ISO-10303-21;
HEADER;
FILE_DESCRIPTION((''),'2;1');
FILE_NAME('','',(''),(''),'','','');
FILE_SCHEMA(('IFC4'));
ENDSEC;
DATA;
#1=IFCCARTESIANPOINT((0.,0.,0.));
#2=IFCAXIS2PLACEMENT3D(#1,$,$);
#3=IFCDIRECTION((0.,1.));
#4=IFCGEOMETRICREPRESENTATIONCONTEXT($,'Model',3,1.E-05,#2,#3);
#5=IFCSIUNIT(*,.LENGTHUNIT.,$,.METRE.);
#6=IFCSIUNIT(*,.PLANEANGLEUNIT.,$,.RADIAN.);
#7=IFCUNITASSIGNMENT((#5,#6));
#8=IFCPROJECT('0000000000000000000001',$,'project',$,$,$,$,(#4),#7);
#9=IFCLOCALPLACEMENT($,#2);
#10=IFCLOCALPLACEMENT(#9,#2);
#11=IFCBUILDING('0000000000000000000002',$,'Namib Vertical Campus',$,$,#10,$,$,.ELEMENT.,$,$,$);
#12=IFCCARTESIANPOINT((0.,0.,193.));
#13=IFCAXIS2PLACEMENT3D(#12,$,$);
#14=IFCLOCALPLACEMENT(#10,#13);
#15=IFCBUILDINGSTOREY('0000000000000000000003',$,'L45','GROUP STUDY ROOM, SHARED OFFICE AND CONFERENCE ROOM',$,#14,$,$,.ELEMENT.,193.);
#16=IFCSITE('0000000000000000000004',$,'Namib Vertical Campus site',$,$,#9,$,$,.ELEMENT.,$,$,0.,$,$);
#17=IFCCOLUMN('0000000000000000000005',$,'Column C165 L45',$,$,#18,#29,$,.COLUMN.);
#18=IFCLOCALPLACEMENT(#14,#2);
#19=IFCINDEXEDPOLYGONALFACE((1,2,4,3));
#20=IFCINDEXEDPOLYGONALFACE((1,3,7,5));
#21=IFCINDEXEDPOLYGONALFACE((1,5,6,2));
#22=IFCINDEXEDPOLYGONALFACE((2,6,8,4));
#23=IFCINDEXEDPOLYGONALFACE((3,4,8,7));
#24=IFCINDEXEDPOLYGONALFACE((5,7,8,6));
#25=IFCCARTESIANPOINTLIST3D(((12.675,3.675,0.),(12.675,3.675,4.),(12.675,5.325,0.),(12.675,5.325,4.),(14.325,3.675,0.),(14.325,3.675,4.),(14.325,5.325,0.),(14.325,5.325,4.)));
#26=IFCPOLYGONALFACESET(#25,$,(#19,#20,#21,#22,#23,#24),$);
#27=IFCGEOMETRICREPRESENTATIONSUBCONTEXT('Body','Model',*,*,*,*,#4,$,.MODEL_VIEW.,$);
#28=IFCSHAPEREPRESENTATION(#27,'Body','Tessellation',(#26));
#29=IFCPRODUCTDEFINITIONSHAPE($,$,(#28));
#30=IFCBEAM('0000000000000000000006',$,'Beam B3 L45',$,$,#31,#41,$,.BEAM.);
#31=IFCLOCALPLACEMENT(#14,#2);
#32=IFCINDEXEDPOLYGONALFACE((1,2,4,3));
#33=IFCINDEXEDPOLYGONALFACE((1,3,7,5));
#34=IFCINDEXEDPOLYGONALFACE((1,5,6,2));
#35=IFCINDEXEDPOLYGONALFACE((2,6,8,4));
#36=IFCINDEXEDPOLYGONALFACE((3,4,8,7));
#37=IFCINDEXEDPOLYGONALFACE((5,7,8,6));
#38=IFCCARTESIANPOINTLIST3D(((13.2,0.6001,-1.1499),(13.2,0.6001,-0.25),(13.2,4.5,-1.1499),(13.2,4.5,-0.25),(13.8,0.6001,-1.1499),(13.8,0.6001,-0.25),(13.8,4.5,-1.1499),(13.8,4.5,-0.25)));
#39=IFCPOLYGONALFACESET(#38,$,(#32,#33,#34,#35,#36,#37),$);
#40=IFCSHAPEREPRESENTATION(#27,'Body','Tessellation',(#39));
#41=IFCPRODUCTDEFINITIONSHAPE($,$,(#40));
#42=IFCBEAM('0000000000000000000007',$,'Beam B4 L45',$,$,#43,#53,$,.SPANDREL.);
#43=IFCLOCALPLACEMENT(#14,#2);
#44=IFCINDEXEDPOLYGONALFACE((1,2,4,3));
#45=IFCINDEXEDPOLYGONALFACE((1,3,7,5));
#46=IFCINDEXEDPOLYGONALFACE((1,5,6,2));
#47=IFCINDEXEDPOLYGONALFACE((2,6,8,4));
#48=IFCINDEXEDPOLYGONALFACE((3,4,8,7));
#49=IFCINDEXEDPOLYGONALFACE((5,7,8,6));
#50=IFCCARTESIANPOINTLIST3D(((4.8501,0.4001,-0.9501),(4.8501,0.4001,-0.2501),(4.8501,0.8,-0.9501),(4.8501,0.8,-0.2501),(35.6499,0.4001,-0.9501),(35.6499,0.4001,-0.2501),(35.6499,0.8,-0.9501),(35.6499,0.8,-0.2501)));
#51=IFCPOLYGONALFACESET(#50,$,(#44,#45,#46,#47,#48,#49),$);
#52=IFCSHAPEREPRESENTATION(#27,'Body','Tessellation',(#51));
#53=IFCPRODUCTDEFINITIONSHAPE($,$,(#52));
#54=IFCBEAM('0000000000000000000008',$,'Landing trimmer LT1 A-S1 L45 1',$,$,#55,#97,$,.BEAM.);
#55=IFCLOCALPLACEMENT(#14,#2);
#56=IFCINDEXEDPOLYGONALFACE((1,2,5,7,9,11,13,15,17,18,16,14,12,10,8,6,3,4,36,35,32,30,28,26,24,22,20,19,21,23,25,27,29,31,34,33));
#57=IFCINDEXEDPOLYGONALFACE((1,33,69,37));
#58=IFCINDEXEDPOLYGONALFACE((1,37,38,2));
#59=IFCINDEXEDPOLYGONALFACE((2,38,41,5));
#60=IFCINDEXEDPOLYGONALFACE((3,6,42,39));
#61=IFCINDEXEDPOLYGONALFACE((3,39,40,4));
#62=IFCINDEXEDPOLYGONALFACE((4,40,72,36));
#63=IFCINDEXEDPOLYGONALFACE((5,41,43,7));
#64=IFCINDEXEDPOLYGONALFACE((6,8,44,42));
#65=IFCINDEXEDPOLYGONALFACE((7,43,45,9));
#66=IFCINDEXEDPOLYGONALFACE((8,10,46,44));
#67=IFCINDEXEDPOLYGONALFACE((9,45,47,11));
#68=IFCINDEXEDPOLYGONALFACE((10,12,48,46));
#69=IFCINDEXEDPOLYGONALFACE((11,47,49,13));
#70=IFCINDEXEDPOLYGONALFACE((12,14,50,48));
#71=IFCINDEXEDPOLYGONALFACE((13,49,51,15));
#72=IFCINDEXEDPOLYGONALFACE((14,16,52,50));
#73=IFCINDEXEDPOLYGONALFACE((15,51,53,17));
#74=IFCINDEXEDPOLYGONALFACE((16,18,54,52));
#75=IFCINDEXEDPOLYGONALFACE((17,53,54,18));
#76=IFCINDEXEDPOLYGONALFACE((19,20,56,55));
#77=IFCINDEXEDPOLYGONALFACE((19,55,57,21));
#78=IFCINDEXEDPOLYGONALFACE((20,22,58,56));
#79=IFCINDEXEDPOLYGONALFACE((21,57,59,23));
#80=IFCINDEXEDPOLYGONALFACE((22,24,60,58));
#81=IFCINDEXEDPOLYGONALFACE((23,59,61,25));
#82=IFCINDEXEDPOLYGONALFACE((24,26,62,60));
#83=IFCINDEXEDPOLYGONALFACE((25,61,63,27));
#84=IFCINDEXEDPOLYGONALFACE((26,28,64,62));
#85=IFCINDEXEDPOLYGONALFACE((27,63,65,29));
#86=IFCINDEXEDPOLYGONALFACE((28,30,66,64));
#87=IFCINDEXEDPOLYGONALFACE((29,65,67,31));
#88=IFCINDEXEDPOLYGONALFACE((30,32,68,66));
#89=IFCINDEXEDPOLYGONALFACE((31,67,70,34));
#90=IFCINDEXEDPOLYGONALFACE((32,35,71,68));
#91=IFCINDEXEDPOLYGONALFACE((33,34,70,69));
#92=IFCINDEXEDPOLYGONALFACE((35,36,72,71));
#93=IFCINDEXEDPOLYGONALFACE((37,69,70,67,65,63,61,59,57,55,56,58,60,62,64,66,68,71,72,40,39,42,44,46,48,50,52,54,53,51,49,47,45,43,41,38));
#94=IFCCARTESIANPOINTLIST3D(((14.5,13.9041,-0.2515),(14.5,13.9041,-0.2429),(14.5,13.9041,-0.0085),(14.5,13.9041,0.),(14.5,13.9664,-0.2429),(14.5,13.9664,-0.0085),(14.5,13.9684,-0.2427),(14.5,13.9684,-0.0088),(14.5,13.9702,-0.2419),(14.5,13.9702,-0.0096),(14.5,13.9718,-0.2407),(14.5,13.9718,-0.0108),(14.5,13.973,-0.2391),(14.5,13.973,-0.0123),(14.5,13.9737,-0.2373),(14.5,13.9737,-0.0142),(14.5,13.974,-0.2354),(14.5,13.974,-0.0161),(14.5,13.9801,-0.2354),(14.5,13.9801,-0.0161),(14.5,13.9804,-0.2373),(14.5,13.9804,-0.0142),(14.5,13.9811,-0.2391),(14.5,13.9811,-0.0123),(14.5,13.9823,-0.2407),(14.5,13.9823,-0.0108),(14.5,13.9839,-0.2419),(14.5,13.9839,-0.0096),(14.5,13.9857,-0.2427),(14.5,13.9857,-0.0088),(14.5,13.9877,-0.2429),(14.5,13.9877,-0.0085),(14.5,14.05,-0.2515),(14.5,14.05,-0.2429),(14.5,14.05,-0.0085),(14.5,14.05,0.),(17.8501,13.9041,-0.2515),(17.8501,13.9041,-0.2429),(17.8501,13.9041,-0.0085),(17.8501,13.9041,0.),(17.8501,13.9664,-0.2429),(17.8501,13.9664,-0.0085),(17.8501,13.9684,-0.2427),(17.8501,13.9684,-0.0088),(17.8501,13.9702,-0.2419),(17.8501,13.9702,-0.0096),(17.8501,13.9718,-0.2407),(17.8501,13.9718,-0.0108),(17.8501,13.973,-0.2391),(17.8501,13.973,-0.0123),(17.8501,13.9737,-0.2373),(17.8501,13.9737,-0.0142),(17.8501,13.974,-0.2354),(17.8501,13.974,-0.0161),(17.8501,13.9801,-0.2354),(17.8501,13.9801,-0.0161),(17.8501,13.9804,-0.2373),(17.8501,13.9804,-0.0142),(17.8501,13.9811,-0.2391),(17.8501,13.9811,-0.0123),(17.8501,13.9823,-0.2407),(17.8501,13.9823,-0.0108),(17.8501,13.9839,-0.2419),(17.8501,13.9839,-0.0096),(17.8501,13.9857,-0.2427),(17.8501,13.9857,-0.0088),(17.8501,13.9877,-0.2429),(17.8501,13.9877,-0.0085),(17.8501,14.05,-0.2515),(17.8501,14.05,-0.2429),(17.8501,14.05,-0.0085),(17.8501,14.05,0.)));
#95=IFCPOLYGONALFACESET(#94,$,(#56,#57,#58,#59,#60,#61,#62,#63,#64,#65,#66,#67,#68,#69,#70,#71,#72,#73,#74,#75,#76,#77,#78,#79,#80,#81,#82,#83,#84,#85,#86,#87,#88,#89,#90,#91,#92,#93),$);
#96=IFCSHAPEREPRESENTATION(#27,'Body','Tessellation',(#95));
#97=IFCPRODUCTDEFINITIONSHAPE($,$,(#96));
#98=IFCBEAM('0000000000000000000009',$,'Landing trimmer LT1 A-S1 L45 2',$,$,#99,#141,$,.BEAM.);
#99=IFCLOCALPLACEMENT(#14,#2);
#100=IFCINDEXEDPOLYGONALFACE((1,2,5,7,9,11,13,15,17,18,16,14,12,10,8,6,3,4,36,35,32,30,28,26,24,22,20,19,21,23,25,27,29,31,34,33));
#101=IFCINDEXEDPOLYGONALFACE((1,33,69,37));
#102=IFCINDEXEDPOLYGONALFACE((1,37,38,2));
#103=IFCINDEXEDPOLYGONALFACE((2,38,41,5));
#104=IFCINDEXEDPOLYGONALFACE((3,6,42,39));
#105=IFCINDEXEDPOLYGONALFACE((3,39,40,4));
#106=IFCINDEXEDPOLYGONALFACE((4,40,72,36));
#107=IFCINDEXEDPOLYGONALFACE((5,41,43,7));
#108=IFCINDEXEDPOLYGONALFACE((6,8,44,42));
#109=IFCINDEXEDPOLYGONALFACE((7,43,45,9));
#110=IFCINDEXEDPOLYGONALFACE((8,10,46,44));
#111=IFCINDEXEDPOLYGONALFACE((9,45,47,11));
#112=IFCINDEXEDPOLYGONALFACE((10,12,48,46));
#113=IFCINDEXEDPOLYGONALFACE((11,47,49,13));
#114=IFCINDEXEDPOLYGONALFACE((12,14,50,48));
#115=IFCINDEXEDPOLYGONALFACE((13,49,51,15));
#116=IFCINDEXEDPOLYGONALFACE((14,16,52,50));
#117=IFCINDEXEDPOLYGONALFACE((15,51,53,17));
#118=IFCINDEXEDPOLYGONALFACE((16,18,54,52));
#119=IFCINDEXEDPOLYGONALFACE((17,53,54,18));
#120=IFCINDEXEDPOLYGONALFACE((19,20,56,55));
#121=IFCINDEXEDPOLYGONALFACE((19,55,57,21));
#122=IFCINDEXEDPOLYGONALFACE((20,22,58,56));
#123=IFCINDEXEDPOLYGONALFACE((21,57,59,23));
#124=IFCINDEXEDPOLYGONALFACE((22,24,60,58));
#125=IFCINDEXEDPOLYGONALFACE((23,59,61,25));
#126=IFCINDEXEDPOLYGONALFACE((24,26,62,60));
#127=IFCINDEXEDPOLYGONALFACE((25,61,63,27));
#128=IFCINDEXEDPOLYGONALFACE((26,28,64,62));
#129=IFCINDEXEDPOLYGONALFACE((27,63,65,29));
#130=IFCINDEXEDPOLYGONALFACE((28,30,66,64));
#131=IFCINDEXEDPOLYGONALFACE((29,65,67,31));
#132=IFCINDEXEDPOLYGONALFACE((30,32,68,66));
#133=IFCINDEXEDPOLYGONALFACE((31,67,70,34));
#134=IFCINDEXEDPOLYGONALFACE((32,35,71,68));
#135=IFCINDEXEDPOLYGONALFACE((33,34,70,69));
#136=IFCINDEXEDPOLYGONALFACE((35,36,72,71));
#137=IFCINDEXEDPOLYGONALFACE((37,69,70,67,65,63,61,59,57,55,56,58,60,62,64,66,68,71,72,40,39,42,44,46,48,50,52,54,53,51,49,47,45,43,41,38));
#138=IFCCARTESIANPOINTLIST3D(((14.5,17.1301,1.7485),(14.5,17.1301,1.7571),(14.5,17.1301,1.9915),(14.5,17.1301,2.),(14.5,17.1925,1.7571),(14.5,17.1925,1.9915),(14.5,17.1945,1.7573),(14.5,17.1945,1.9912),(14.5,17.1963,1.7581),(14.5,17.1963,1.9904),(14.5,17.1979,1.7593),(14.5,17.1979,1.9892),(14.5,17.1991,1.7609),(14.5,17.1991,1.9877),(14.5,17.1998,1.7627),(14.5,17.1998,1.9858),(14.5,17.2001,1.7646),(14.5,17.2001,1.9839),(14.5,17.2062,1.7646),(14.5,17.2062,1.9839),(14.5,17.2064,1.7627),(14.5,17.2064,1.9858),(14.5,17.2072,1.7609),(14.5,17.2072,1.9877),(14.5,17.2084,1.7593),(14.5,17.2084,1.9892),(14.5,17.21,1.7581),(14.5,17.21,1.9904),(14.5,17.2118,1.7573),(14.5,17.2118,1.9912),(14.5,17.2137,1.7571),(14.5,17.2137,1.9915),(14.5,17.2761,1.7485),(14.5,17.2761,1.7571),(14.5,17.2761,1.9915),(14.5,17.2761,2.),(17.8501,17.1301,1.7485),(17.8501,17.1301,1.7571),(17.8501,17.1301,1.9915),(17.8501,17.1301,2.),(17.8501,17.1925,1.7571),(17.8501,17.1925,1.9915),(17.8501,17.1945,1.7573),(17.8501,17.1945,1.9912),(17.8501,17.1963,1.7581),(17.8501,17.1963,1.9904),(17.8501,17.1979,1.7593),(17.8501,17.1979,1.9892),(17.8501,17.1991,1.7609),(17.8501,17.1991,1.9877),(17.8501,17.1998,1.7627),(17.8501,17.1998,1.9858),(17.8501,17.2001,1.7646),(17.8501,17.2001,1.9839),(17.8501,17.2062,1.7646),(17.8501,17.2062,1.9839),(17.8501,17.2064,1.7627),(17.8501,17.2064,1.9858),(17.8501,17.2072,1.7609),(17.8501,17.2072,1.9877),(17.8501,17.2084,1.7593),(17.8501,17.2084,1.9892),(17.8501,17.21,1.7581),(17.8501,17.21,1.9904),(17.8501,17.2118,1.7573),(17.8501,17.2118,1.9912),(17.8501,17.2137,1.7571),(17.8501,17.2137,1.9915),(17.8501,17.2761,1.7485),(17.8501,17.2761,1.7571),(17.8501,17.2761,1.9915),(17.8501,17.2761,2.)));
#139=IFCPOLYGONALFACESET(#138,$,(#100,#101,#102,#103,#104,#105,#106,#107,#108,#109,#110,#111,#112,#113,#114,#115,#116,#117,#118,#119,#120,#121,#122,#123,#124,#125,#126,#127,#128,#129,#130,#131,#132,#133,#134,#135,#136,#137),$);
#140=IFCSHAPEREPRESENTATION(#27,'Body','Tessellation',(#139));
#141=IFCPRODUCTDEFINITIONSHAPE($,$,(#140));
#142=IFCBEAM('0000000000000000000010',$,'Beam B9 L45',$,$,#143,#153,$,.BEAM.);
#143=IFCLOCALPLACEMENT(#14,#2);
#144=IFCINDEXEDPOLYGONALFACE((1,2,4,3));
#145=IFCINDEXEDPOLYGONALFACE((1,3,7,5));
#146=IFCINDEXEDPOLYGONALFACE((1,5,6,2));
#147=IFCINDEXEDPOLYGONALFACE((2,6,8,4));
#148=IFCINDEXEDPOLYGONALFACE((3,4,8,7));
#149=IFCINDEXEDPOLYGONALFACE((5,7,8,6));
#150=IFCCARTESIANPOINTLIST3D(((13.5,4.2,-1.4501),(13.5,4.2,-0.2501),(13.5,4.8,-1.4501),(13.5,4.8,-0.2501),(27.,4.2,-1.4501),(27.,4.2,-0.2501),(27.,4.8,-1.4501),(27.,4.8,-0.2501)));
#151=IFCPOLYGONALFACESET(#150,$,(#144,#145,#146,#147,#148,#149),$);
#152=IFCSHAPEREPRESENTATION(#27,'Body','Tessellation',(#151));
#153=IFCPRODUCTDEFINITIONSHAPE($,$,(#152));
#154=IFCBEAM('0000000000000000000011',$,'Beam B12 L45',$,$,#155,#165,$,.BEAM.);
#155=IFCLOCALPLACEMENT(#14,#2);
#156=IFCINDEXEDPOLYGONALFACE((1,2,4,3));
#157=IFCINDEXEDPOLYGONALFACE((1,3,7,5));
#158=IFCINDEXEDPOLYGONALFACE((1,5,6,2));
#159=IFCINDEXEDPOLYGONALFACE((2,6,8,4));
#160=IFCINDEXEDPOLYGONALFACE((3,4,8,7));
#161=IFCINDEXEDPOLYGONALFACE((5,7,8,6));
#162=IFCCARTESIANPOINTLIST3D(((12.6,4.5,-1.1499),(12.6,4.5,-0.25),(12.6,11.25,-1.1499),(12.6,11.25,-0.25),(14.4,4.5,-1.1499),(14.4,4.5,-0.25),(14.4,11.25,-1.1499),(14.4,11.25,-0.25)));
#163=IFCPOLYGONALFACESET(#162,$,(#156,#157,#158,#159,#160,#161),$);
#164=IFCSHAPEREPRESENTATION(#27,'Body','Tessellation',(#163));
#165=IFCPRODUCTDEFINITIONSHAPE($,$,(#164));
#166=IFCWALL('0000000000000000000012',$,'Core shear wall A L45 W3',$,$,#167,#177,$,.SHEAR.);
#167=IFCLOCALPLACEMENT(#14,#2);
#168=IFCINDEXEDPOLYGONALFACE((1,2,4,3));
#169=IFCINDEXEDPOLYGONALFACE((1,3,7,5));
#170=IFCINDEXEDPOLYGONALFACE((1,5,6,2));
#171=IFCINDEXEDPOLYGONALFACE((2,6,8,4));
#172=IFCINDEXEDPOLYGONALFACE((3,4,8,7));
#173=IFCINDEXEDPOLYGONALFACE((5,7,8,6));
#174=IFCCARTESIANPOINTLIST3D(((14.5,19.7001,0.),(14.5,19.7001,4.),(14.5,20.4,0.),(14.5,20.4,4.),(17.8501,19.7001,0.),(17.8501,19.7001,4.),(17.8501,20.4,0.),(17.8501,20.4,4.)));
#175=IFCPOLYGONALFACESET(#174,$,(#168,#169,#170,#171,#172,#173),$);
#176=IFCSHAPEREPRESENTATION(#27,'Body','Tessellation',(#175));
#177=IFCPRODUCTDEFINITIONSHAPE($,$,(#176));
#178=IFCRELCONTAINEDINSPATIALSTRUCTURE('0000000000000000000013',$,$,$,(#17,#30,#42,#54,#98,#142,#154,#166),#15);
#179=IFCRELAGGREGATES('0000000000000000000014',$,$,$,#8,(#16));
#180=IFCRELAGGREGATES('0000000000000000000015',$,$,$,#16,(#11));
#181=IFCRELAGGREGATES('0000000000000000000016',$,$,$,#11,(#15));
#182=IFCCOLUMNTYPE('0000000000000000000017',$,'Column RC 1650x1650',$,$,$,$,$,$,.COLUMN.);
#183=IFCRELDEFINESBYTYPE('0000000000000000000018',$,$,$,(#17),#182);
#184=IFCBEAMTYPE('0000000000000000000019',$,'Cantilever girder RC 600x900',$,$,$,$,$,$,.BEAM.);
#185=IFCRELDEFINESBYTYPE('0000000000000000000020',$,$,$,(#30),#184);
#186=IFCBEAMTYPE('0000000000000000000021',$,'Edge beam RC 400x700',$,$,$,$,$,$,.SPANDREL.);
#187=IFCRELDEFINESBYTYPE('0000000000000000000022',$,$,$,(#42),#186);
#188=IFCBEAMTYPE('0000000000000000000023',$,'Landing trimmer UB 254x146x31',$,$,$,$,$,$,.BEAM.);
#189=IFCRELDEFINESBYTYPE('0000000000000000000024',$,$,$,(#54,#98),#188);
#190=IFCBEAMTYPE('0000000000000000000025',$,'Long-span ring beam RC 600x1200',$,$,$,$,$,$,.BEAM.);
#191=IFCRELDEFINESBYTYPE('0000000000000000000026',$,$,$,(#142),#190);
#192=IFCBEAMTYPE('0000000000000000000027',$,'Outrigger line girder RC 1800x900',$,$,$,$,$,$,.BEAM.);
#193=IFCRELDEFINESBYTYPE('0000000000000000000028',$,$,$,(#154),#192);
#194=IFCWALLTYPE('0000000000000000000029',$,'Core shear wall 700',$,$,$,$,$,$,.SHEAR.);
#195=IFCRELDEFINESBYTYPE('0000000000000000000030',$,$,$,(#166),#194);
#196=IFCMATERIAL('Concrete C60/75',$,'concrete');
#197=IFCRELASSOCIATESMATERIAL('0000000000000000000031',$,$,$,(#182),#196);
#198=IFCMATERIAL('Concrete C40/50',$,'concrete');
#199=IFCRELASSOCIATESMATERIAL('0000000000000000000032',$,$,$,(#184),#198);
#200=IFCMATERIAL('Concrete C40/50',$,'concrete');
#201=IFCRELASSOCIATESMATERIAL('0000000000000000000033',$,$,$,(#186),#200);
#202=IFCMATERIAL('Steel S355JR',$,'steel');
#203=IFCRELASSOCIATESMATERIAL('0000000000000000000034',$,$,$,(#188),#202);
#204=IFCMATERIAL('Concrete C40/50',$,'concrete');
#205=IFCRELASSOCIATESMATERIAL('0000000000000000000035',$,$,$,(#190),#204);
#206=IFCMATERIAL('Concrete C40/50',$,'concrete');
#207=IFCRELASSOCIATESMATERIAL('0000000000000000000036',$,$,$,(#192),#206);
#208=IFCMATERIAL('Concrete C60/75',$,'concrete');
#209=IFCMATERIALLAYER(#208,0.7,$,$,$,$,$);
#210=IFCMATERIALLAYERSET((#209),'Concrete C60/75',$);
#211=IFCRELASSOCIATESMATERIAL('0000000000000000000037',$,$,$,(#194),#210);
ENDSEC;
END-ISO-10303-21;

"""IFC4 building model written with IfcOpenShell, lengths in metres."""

from ifc_helpers import new_model, si_unit, direction, frame, frame_2d, origin, origin_2d, place, context, subcontext, project, spatial, rectangle, i_section, extrude, material, layer, layer_set, material_profile, profile_set, type_object, element, save


model = new_model("IFC4")

# Units and contexts
model_context = context("Model", 3, precision=1e-05, world=origin(), true_north=direction((0.0, 1.0)))
body_context = subcontext(model_context, "Body", "Model", "MODEL_VIEW")
ifc_project = project(units=[si_unit("LENGTHUNIT", "METRE"), si_unit("PLANEANGLEUNIT", "RADIAN")], contexts=[model_context])

# Site, building, storey
site_placement = place(None, origin())
site = spatial("IfcSite", under=ifc_project, at=site_placement, Name="Namib Vertical Campus site", CompositionType="ELEMENT", RefElevation=0.0)
building_placement = place(site_placement, origin())
building = spatial("IfcBuilding", under=site, at=building_placement, Name="Namib Vertical Campus", CompositionType="ELEMENT")
storey_placement = place(building_placement, frame((0.0, 0.0, 193.0)))
storey = spatial("IfcBuildingStorey", under=building, at=storey_placement, Name="L45", Description="GROUP STUDY ROOM, SHARED OFFICE AND CONFERENCE ROOM", CompositionType="ELEMENT", Elevation=193.0)

# Column
ifc_material_1 = material(Name="Concrete C60/75", Category="concrete")
ifc_material_profile_1 = material_profile(ifc_material_1, rectangle(XDim=1.6499, YDim=1.6499, at=origin_2d()))
ifc_profile_set_1 = profile_set([ifc_material_profile_1], Name="Concrete C60/75")
column_type = type_object("IfcColumnType", Name="Column RC 1650x1650", PredefinedType="COLUMN", material=ifc_profile_set_1)
column_placement = place(storey_placement, frame((13.5, 4.5, 0.0), z_axis=(0.0, 0.0, 1.0), x_axis=(1.0, 0.0, 0.0)))
element("IfcColumn", 1, at=column_placement, inside=storey, type_object=column_type, Name="Column C165 L45", PredefinedType="COLUMN", context=body_context, shape_type="SweptSolid", body=[
    extrude(rectangle(XDim=1.6499, YDim=1.6499, at=origin_2d()), origin(), (0.0, 0.0, 1.0), 4.0),
])

# Beams
ifc_material_2 = material(Name="Concrete C40/50", Category="concrete")
ifc_material_profile_2 = material_profile(ifc_material_2, rectangle(XDim=0.6001, YDim=0.8999, at=origin_2d()))
ifc_profile_set_2 = profile_set([ifc_material_profile_2], Name="Concrete C40/50")
beam_type_1 = type_object("IfcBeamType", Name="Cantilever girder RC 600x900", PredefinedType="BEAM", material=ifc_profile_set_2)
beam_1_placement = place(storey_placement, frame((13.5, 4.5, -0.7), z_axis=(0.0, -1.0, 0.0), x_axis=(1.0, 0.0, 0.0)))
element("IfcBeam", 2, at=beam_1_placement, inside=storey, type_object=beam_type_1, Name="Beam B3 L45", PredefinedType="BEAM", context=body_context, shape_type="SweptSolid", body=[
    extrude(rectangle(XDim=0.6001, YDim=0.8999, at=origin_2d()), origin(), (0.0, 0.0, 1.0), 3.8999),
])
ifc_material_3 = material(Name="Concrete C40/50", Category="concrete")
ifc_material_profile_3 = material_profile(ifc_material_3, rectangle(XDim=0.3999, YDim=0.7, at=origin_2d()))
ifc_profile_set_3 = profile_set([ifc_material_profile_3], Name="Concrete C40/50")
beam_type_2 = type_object("IfcBeamType", Name="Edge beam RC 400x700", PredefinedType="SPANDREL", material=ifc_profile_set_3)
beam_2_placement = place(storey_placement, frame((4.8501, 0.6001, -0.6001), z_axis=(1.0, 0.0, 0.0), x_axis=(0.0, 1.0, 0.0)))
element("IfcBeam", 3, at=beam_2_placement, inside=storey, type_object=beam_type_2, Name="Beam B4 L45", PredefinedType="SPANDREL", context=body_context, shape_type="SweptSolid", body=[
    extrude(rectangle(XDim=0.3999, YDim=0.7, at=origin_2d()), origin(), (0.0, 0.0, 1.0), 30.7998),
])
ifc_material_4 = material(Name="Steel S355JR", Category="steel")
ifc_material_profile_4 = material_profile(ifc_material_4, i_section(OverallWidth=0.146, OverallDepth=0.2515, WebThickness=0.0061, FlangeThickness=0.0085, FilletRadius=0.0076, at=origin_2d()))
ifc_profile_set_4 = profile_set([ifc_material_profile_4], Name="Steel S355JR")
beam_type_3 = type_object("IfcBeamType", Name="Landing trimmer UB 254x146x31", PredefinedType="BEAM", material=ifc_profile_set_4)
for number, where, z_axis, x_axis, name in (
    (4, (14.5, 13.9771, -0.1257), (1.0, 0.0, 0.0), (0.0, 1.0, 0.0), "Landing trimmer LT1 A-S1 L45 1"),
    (5, (14.5, 17.2031, 1.8743), (1.0, 0.0, 0.0), (0.0, 1.0, 0.0), "Landing trimmer LT1 A-S1 L45 2"),
):
    element("IfcBeam", number, at=place(storey_placement, frame(where, z_axis=z_axis, x_axis=x_axis)), inside=storey, type_object=beam_type_3, Name=name, PredefinedType="BEAM", context=body_context, shape_type="SweptSolid", body=[
        extrude(i_section(OverallWidth=0.146, OverallDepth=0.2515, WebThickness=0.0061, FlangeThickness=0.0085, FilletRadius=0.0076, at=origin_2d()), origin(), (0.0, 0.0, 1.0), 3.3501),
    ])
ifc_material_5 = material(Name="Concrete C40/50", Category="concrete")
ifc_material_profile_5 = material_profile(ifc_material_5, rectangle(XDim=0.6001, YDim=1.2, at=origin_2d()))
ifc_profile_set_5 = profile_set([ifc_material_profile_5], Name="Concrete C40/50")
beam_type_4 = type_object("IfcBeamType", Name="Long-span ring beam RC 600x1200", PredefinedType="BEAM", material=ifc_profile_set_5)
beam_3_placement = place(storey_placement, frame((13.5, 4.5, -0.8501), z_axis=(1.0, 0.0, 0.0), x_axis=(0.0, 1.0, 0.0)))
element("IfcBeam", 6, at=beam_3_placement, inside=storey, type_object=beam_type_4, Name="Beam B9 L45", PredefinedType="BEAM", context=body_context, shape_type="SweptSolid", body=[
    extrude(rectangle(XDim=0.6001, YDim=1.2, at=origin_2d()), origin(), (0.0, 0.0, 1.0), 13.5),
])
ifc_material_6 = material(Name="Concrete C40/50", Category="concrete")
ifc_material_profile_6 = material_profile(ifc_material_6, rectangle(XDim=1.8, YDim=0.8999, at=origin_2d()))
ifc_profile_set_6 = profile_set([ifc_material_profile_6], Name="Concrete C40/50")
beam_type_5 = type_object("IfcBeamType", Name="Outrigger line girder RC 1800x900", PredefinedType="BEAM", material=ifc_profile_set_6)
beam_4_placement = place(storey_placement, frame((13.5, 4.5, -0.7), z_axis=(0.0, 1.0, 0.0), x_axis=(-1.0, 0.0, 0.0)))
element("IfcBeam", 7, at=beam_4_placement, inside=storey, type_object=beam_type_5, Name="Beam B12 L45", PredefinedType="BEAM", context=body_context, shape_type="SweptSolid", body=[
    extrude(rectangle(XDim=1.8, YDim=0.8999, at=origin_2d()), origin(), (0.0, 0.0, 1.0), 6.75),
])

# Wall
ifc_material_7 = material(Name="Concrete C60/75", Category="concrete")
ifc_layer_1 = layer(ifc_material_7, 0.7)
ifc_layer_set_1 = layer_set([ifc_layer_1], Name="Concrete C60/75")
wall_type_1 = type_object("IfcWallType", Name="Core shear wall 700", PredefinedType="SHEAR", material=ifc_layer_set_1)
wall_1_placement = place(storey_placement, frame((14.5, 20.05, 0.0), z_axis=(0.0, 0.0, 1.0), x_axis=(1.0, 0.0, 0.0)))
element("IfcWall", 8, at=wall_1_placement, inside=storey, type_object=wall_type_1, Name="Core shear wall A L45 W3", PredefinedType="SHEAR", context=body_context, shape_type="SweptSolid", body=[
    extrude(rectangle(XDim=3.3501, YDim=0.7, at=frame_2d((1.675, 0.0))), origin(), (0.0, 0.0, 1.0), 4.0),
])

save(model, "model.ifc")
